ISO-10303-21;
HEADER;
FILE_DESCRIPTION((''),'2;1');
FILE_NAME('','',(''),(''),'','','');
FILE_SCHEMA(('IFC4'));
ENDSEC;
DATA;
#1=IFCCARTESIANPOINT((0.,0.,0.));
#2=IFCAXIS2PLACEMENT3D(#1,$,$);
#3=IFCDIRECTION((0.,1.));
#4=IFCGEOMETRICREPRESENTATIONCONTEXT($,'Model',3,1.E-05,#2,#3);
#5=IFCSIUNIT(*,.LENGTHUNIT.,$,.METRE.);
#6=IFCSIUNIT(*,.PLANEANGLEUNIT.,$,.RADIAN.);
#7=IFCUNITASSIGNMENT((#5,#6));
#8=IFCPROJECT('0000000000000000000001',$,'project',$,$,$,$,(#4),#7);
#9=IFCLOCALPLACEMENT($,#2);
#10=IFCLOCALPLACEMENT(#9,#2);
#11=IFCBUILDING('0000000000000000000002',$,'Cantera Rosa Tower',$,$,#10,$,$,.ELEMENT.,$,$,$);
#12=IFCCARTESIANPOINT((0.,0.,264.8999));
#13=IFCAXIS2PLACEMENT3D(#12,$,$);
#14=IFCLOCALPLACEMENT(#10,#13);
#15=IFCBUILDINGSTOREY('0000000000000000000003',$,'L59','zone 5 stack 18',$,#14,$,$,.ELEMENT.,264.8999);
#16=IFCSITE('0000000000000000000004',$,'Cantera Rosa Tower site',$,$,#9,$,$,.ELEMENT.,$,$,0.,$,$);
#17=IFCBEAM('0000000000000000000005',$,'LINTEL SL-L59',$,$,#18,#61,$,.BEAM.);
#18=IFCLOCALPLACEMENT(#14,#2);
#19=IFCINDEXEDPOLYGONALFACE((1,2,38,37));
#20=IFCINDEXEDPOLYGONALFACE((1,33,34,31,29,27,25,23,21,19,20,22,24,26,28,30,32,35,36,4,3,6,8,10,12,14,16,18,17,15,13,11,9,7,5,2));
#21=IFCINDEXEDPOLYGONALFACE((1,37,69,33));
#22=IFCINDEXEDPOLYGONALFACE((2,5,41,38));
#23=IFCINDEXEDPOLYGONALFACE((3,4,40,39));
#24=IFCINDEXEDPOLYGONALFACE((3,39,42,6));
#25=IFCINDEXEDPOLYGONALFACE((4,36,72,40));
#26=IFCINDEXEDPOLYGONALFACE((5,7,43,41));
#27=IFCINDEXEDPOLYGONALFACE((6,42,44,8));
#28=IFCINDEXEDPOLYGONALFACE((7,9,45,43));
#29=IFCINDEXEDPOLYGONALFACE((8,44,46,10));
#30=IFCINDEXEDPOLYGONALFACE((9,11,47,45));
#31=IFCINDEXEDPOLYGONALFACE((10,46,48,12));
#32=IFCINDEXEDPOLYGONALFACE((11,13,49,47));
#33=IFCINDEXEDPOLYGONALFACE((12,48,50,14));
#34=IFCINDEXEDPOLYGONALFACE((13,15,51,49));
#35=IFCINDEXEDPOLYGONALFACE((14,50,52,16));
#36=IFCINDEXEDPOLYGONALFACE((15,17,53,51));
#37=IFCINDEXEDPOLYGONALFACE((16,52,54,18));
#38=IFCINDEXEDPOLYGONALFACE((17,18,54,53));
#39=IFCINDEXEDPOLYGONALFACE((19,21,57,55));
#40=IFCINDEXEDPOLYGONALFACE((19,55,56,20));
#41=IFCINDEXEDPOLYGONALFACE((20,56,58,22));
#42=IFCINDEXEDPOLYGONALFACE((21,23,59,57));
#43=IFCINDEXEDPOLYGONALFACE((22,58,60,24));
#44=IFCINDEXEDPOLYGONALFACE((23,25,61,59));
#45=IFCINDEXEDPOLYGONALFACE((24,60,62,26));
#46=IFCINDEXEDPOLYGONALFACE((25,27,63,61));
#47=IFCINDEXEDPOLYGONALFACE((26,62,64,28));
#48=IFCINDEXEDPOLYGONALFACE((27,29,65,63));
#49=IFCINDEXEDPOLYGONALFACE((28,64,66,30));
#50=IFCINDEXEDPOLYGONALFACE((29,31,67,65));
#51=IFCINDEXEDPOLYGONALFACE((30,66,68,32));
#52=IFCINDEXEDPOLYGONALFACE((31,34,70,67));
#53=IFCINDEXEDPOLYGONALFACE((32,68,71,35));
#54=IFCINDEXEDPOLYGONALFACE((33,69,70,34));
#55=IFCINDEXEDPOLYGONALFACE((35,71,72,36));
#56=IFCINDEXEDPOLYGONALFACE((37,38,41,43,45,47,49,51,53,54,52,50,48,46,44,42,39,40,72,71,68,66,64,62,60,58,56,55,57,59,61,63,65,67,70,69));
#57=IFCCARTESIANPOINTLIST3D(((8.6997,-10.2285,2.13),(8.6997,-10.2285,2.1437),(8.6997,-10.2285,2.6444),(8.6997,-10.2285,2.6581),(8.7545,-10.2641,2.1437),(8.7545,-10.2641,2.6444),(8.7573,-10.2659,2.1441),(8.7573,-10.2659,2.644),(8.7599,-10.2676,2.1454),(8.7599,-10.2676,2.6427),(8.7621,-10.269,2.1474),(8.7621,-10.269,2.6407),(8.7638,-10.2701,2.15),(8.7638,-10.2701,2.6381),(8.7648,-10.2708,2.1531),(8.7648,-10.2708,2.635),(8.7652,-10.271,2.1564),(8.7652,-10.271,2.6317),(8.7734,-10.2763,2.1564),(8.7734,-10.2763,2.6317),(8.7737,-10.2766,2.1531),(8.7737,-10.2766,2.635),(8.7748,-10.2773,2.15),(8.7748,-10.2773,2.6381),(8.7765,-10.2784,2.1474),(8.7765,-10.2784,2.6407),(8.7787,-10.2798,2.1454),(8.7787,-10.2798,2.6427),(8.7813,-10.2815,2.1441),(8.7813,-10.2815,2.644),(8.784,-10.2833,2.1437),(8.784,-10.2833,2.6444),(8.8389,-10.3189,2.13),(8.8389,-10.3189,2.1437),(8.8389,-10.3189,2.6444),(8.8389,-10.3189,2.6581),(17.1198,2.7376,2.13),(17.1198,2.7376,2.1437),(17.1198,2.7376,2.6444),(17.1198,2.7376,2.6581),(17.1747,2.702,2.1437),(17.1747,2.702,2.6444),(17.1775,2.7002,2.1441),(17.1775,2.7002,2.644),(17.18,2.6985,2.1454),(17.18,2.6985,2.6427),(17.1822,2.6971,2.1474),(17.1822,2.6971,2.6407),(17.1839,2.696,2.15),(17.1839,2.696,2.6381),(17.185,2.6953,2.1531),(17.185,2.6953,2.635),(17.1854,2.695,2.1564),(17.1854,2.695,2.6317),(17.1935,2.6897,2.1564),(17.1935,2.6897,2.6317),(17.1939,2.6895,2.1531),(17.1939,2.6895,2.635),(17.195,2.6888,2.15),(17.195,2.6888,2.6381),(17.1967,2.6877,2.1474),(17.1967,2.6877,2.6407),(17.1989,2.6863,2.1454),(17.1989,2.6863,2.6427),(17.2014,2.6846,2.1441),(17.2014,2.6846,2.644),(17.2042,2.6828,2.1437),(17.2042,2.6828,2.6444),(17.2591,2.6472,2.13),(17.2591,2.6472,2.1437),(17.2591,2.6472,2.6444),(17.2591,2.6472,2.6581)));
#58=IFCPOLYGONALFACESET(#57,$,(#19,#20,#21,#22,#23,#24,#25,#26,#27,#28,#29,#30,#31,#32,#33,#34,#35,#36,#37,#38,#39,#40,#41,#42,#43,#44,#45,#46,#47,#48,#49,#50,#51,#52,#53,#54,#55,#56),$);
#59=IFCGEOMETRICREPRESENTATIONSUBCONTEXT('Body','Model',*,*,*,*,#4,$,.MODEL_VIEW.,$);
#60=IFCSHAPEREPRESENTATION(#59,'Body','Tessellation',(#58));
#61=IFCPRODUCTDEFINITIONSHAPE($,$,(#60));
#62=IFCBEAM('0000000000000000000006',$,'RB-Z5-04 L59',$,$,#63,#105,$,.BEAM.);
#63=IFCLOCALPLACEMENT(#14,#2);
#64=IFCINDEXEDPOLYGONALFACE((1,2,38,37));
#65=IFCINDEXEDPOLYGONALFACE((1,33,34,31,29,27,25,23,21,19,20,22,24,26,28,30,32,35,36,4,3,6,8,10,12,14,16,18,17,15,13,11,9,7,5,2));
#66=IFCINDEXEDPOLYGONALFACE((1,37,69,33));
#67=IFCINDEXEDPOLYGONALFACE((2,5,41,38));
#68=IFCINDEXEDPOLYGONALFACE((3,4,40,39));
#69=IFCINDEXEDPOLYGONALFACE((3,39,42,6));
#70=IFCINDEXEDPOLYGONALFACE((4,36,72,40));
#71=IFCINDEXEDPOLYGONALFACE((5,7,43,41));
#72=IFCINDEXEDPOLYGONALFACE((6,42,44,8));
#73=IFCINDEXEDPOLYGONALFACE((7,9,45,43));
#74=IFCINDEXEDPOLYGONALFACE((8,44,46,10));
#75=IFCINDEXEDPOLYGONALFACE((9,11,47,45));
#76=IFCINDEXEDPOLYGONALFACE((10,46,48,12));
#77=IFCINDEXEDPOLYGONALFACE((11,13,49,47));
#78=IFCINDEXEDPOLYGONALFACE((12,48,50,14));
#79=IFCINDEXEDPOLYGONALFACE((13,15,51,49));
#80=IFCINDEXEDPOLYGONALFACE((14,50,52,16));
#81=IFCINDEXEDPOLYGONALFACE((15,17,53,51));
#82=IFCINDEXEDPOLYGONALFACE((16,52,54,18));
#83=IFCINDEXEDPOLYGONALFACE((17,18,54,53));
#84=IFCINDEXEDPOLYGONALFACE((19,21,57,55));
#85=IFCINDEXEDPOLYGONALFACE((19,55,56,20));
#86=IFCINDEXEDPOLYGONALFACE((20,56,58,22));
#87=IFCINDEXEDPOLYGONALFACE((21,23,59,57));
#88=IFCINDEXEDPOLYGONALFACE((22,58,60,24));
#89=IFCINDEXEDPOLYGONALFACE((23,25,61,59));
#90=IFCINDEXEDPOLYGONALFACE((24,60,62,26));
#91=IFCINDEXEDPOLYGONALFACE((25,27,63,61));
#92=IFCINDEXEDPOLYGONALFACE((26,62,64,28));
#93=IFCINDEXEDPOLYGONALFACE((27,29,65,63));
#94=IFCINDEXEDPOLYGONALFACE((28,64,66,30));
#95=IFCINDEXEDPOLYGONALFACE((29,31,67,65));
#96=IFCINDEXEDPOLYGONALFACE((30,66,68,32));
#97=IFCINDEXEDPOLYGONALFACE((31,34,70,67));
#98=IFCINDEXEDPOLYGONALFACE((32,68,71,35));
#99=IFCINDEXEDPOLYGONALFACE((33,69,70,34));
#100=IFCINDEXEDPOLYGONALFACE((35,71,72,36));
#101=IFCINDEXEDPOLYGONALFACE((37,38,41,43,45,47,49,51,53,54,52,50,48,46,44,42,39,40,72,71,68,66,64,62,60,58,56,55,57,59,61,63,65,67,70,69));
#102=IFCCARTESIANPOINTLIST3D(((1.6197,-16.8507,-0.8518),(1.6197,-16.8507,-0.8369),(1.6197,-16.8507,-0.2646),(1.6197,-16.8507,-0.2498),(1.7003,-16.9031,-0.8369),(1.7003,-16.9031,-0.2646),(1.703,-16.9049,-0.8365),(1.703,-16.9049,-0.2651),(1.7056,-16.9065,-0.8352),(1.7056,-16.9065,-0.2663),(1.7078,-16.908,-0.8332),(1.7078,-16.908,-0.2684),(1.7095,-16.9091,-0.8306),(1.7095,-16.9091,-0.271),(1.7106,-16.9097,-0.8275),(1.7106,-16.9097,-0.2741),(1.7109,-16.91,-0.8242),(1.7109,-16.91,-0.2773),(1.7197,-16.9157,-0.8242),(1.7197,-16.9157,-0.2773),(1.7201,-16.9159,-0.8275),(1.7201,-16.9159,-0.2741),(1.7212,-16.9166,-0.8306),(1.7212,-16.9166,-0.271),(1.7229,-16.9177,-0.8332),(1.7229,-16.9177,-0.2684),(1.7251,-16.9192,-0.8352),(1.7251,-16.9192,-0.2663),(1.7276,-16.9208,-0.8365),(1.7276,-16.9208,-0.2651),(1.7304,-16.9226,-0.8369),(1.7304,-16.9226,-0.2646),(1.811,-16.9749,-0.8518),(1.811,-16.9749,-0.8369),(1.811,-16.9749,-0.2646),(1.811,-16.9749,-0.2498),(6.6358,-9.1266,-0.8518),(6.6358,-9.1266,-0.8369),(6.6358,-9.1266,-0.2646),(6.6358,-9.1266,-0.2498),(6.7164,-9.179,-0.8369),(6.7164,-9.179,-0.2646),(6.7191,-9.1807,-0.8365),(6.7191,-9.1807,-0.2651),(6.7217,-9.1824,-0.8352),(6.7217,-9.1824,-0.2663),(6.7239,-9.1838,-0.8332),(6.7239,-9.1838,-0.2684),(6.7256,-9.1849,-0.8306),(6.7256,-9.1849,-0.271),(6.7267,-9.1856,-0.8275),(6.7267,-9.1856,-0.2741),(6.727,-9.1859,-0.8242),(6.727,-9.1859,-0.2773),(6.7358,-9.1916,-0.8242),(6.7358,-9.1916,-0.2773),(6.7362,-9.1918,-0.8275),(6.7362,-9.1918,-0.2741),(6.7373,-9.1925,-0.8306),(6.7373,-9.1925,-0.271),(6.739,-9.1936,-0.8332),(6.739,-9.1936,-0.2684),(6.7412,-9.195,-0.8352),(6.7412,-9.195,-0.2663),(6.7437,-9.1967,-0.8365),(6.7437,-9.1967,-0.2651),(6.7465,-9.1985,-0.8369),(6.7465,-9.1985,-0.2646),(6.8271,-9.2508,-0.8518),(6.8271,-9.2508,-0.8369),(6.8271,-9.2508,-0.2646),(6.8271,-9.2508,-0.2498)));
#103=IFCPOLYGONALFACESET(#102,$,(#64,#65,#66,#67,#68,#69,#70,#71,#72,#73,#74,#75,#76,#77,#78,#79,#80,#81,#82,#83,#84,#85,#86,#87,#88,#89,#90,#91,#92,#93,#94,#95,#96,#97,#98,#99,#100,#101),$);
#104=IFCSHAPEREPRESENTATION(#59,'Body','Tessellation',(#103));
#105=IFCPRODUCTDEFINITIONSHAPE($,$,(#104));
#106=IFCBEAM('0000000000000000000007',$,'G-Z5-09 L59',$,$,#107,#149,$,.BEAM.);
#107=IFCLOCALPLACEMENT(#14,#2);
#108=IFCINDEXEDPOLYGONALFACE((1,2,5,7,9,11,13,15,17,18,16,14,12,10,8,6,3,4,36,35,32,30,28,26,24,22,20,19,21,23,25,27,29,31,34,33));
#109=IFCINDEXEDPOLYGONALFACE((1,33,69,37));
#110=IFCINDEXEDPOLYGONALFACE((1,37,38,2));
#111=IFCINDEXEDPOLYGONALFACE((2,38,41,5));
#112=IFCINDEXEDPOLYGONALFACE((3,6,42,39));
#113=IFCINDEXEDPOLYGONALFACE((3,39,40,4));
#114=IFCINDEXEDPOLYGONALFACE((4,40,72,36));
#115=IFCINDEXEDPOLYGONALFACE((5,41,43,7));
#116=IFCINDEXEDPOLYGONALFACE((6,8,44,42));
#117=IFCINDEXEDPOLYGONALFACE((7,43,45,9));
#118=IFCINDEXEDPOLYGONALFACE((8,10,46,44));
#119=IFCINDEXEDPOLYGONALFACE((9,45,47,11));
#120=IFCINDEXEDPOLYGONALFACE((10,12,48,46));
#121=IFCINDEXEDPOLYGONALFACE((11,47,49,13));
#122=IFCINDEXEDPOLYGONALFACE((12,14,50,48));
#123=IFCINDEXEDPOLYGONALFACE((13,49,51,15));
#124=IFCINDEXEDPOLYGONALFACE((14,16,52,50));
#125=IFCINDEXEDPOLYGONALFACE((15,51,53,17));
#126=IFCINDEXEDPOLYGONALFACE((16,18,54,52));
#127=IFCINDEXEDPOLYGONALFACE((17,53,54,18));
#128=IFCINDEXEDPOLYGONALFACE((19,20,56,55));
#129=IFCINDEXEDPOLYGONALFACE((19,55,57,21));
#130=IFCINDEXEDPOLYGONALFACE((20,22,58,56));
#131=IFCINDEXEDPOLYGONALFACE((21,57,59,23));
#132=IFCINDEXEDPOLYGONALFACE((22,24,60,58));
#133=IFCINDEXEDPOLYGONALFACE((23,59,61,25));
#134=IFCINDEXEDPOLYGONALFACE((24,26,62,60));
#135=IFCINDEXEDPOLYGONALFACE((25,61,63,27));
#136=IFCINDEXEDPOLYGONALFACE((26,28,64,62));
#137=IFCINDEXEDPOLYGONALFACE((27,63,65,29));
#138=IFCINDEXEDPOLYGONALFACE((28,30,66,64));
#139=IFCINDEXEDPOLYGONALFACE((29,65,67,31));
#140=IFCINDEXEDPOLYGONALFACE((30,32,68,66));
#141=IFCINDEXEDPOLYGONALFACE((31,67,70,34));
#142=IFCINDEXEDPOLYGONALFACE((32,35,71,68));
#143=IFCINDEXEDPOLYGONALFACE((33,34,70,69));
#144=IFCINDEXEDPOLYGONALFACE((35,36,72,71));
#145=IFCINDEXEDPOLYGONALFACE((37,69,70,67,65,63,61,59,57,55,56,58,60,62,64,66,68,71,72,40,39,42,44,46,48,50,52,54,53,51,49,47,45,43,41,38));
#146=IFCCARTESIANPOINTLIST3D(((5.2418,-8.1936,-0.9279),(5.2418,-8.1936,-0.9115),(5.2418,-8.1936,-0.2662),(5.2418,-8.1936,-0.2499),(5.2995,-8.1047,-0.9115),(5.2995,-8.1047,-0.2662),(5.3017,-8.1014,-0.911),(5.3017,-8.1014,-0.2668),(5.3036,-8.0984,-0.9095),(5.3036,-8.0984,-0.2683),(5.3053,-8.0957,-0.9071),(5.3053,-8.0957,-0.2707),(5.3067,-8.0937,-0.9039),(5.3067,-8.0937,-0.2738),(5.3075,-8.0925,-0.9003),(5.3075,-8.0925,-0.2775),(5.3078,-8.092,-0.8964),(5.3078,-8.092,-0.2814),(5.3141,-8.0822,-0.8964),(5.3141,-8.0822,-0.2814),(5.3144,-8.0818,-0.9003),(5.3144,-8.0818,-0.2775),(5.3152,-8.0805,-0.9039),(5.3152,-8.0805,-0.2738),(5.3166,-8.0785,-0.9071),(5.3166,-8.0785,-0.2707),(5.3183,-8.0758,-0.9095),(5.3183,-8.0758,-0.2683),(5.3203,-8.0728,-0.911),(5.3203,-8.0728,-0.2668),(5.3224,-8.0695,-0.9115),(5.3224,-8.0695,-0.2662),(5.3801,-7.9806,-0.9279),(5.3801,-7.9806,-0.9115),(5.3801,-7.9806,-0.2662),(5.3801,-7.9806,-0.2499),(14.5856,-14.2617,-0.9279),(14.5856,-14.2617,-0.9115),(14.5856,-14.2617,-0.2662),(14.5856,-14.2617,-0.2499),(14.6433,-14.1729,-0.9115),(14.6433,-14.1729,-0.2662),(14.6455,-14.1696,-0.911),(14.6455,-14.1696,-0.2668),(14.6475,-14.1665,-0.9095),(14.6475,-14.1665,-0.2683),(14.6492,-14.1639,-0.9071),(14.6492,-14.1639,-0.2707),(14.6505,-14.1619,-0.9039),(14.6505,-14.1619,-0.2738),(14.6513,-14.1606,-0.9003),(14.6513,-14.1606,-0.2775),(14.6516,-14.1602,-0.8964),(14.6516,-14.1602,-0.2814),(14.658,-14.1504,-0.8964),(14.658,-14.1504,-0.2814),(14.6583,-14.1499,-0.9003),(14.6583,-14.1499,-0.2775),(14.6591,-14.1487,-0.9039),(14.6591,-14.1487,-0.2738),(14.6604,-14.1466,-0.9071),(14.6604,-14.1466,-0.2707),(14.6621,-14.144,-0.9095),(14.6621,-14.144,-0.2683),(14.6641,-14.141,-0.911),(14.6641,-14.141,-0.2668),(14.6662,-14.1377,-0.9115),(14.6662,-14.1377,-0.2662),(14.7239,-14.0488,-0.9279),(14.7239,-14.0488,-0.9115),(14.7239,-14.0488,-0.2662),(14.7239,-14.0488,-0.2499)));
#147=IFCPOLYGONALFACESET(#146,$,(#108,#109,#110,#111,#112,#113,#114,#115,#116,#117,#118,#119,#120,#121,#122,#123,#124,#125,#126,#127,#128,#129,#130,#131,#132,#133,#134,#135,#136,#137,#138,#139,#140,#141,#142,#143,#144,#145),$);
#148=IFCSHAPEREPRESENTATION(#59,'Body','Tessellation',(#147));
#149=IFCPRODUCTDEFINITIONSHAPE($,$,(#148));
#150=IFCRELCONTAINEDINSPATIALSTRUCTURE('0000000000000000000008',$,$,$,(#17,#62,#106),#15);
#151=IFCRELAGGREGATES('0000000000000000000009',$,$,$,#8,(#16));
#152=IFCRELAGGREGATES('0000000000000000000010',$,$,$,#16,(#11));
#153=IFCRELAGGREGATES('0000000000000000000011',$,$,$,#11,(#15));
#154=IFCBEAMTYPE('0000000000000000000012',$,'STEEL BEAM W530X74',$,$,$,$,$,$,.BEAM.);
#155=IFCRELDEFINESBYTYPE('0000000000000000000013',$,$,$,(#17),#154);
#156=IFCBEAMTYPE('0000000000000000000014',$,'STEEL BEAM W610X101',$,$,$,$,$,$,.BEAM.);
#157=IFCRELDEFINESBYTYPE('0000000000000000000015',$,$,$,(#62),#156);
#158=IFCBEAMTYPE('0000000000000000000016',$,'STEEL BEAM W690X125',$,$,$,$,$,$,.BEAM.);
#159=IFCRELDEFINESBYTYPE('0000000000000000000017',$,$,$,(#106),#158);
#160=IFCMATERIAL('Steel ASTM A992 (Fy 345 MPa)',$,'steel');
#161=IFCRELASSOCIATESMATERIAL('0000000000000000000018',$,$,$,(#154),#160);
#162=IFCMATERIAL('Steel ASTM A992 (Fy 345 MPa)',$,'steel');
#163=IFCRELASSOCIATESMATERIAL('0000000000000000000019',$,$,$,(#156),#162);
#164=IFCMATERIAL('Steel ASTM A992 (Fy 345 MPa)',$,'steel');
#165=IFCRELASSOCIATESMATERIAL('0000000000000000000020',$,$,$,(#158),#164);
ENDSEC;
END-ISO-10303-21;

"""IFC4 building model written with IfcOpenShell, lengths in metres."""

from ifc_helpers import new_model, si_unit, direction, frame, origin, origin_2d, place, context, subcontext, project, spatial, i_section, extrude, material, material_profile, profile_set, type_object, element, save


model = new_model("IFC4")

# Units and contexts
model_context = context("Model", 3, precision=1e-05, world=origin(), true_north=direction((0.0, 1.0)))
body_context = subcontext(model_context, "Body", "Model", "MODEL_VIEW")
ifc_project = project(units=[si_unit("LENGTHUNIT", "METRE"), si_unit("PLANEANGLEUNIT", "RADIAN")], contexts=[model_context])

# Site, building, storey
site_placement = place(None, origin())
site = spatial("IfcSite", under=ifc_project, at=site_placement, Name="Cantera Rosa Tower site", CompositionType="ELEMENT", RefElevation=0.0)
building_placement = place(site_placement, origin())
building = spatial("IfcBuilding", under=site, at=building_placement, Name="Cantera Rosa Tower", CompositionType="ELEMENT")
storey_placement = place(building_placement, frame((0.0, 0.0, 264.8999)))
storey = spatial("IfcBuildingStorey", under=building, at=storey_placement, Name="L59", Description="zone 5 stack 18", CompositionType="ELEMENT", Elevation=264.8999)

# Beams
ifc_material_1 = material(Name="Steel ASTM A992 (Fy 345 MPa)", Category="steel")
ifc_material_profile_1 = material_profile(ifc_material_1, i_section(OverallWidth=0.166, OverallDepth=0.5281, WebThickness=0.0098, FlangeThickness=0.0137, FilletRadius=0.0127, at=origin_2d()), Name="W530X74")
ifc_profile_set_1 = profile_set([ifc_material_profile_1], Name="Steel ASTM A992 (Fy 345 MPa)")
beam_type_1 = type_object("IfcBeamType", Name="STEEL BEAM W530X74", PredefinedType="BEAM", material=ifc_profile_set_1)
beam_1_placement = place(storey_placement, frame((8.7693, -10.2737, 2.394), z_axis=(0.544635, 0.838673, 0.0), x_axis=(-0.838673, 0.544635, 0.0)))
element("IfcBeam", 1, at=beam_1_placement, inside=storey, type_object=beam_type_1, Name="LINTEL SL-L59", PredefinedType="BEAM", context=body_context, shape_type="SweptSolid", body=[
    extrude(i_section(OverallWidth=0.166, OverallDepth=0.5281, WebThickness=0.0098, FlangeThickness=0.0137, FilletRadius=0.0127, at=origin_2d()), origin(), (0.0, 0.0, 1.0), 15.4602),
])
ifc_material_2 = material(Name="Steel ASTM A992 (Fy 345 MPa)", Category="steel")
ifc_material_profile_2 = material_profile(ifc_material_2, i_section(OverallWidth=0.228, OverallDepth=0.6021, WebThickness=0.0105, FlangeThickness=0.0149, FilletRadius=0.0127, at=origin_2d()), Name="W610X101")
ifc_profile_set_2 = profile_set([ifc_material_profile_2], Name="Steel ASTM A992 (Fy 345 MPa)")
beam_type_2 = type_object("IfcBeamType", Name="STEEL BEAM W610X101", PredefinedType="BEAM", material=ifc_profile_set_2)
beam_2_placement = place(storey_placement, frame((1.7153, -16.9128, -0.5508), z_axis=(0.54464, 0.83867, 0.0), x_axis=(-0.83867, 0.54464, 0.0)))
element("IfcBeam", 2, at=beam_2_placement, inside=storey, type_object=beam_type_2, Name="RB-Z5-04 L59", PredefinedType="BEAM", context=body_context, shape_type="SweptSolid", body=[
    extrude(i_section(OverallWidth=0.228, OverallDepth=0.6021, WebThickness=0.0105, FlangeThickness=0.0149, FilletRadius=0.0127, at=origin_2d()), origin(), (0.0, 0.0, 1.0), 9.21),
])
ifc_material_3 = material(Name="Steel ASTM A992 (Fy 345 MPa)", Category="steel")
ifc_material_profile_3 = material_profile(ifc_material_3, i_section(OverallWidth=0.2539, OverallDepth=0.678, WebThickness=0.0117, FlangeThickness=0.0164, FilletRadius=0.0151, at=origin_2d()), Name="W690X125")
ifc_profile_set_3 = profile_set([ifc_material_profile_3], Name="Steel ASTM A992 (Fy 345 MPa)")
beam_type_3 = type_object("IfcBeamType", Name="STEEL BEAM W690X125", PredefinedType="BEAM", material=ifc_profile_set_3)
beam_3_placement = place(storey_placement, frame((14.6548, -14.1553, -0.5889), z_axis=(-0.838662, 0.544652, 0.0), x_axis=(-0.544652, -0.838662, 0.0)))
element("IfcBeam", 3, at=beam_3_placement, inside=storey, type_object=beam_type_3, Name="G-Z5-09 L59", PredefinedType="BEAM", context=body_context, shape_type="SweptSolid", body=[
    extrude(i_section(OverallWidth=0.2539, OverallDepth=0.678, WebThickness=0.0117, FlangeThickness=0.0164, FilletRadius=0.0151, at=origin_2d()), origin(), (0.0, 0.0, 1.0), 11.1414),
])

save(model, "model.ifc")
